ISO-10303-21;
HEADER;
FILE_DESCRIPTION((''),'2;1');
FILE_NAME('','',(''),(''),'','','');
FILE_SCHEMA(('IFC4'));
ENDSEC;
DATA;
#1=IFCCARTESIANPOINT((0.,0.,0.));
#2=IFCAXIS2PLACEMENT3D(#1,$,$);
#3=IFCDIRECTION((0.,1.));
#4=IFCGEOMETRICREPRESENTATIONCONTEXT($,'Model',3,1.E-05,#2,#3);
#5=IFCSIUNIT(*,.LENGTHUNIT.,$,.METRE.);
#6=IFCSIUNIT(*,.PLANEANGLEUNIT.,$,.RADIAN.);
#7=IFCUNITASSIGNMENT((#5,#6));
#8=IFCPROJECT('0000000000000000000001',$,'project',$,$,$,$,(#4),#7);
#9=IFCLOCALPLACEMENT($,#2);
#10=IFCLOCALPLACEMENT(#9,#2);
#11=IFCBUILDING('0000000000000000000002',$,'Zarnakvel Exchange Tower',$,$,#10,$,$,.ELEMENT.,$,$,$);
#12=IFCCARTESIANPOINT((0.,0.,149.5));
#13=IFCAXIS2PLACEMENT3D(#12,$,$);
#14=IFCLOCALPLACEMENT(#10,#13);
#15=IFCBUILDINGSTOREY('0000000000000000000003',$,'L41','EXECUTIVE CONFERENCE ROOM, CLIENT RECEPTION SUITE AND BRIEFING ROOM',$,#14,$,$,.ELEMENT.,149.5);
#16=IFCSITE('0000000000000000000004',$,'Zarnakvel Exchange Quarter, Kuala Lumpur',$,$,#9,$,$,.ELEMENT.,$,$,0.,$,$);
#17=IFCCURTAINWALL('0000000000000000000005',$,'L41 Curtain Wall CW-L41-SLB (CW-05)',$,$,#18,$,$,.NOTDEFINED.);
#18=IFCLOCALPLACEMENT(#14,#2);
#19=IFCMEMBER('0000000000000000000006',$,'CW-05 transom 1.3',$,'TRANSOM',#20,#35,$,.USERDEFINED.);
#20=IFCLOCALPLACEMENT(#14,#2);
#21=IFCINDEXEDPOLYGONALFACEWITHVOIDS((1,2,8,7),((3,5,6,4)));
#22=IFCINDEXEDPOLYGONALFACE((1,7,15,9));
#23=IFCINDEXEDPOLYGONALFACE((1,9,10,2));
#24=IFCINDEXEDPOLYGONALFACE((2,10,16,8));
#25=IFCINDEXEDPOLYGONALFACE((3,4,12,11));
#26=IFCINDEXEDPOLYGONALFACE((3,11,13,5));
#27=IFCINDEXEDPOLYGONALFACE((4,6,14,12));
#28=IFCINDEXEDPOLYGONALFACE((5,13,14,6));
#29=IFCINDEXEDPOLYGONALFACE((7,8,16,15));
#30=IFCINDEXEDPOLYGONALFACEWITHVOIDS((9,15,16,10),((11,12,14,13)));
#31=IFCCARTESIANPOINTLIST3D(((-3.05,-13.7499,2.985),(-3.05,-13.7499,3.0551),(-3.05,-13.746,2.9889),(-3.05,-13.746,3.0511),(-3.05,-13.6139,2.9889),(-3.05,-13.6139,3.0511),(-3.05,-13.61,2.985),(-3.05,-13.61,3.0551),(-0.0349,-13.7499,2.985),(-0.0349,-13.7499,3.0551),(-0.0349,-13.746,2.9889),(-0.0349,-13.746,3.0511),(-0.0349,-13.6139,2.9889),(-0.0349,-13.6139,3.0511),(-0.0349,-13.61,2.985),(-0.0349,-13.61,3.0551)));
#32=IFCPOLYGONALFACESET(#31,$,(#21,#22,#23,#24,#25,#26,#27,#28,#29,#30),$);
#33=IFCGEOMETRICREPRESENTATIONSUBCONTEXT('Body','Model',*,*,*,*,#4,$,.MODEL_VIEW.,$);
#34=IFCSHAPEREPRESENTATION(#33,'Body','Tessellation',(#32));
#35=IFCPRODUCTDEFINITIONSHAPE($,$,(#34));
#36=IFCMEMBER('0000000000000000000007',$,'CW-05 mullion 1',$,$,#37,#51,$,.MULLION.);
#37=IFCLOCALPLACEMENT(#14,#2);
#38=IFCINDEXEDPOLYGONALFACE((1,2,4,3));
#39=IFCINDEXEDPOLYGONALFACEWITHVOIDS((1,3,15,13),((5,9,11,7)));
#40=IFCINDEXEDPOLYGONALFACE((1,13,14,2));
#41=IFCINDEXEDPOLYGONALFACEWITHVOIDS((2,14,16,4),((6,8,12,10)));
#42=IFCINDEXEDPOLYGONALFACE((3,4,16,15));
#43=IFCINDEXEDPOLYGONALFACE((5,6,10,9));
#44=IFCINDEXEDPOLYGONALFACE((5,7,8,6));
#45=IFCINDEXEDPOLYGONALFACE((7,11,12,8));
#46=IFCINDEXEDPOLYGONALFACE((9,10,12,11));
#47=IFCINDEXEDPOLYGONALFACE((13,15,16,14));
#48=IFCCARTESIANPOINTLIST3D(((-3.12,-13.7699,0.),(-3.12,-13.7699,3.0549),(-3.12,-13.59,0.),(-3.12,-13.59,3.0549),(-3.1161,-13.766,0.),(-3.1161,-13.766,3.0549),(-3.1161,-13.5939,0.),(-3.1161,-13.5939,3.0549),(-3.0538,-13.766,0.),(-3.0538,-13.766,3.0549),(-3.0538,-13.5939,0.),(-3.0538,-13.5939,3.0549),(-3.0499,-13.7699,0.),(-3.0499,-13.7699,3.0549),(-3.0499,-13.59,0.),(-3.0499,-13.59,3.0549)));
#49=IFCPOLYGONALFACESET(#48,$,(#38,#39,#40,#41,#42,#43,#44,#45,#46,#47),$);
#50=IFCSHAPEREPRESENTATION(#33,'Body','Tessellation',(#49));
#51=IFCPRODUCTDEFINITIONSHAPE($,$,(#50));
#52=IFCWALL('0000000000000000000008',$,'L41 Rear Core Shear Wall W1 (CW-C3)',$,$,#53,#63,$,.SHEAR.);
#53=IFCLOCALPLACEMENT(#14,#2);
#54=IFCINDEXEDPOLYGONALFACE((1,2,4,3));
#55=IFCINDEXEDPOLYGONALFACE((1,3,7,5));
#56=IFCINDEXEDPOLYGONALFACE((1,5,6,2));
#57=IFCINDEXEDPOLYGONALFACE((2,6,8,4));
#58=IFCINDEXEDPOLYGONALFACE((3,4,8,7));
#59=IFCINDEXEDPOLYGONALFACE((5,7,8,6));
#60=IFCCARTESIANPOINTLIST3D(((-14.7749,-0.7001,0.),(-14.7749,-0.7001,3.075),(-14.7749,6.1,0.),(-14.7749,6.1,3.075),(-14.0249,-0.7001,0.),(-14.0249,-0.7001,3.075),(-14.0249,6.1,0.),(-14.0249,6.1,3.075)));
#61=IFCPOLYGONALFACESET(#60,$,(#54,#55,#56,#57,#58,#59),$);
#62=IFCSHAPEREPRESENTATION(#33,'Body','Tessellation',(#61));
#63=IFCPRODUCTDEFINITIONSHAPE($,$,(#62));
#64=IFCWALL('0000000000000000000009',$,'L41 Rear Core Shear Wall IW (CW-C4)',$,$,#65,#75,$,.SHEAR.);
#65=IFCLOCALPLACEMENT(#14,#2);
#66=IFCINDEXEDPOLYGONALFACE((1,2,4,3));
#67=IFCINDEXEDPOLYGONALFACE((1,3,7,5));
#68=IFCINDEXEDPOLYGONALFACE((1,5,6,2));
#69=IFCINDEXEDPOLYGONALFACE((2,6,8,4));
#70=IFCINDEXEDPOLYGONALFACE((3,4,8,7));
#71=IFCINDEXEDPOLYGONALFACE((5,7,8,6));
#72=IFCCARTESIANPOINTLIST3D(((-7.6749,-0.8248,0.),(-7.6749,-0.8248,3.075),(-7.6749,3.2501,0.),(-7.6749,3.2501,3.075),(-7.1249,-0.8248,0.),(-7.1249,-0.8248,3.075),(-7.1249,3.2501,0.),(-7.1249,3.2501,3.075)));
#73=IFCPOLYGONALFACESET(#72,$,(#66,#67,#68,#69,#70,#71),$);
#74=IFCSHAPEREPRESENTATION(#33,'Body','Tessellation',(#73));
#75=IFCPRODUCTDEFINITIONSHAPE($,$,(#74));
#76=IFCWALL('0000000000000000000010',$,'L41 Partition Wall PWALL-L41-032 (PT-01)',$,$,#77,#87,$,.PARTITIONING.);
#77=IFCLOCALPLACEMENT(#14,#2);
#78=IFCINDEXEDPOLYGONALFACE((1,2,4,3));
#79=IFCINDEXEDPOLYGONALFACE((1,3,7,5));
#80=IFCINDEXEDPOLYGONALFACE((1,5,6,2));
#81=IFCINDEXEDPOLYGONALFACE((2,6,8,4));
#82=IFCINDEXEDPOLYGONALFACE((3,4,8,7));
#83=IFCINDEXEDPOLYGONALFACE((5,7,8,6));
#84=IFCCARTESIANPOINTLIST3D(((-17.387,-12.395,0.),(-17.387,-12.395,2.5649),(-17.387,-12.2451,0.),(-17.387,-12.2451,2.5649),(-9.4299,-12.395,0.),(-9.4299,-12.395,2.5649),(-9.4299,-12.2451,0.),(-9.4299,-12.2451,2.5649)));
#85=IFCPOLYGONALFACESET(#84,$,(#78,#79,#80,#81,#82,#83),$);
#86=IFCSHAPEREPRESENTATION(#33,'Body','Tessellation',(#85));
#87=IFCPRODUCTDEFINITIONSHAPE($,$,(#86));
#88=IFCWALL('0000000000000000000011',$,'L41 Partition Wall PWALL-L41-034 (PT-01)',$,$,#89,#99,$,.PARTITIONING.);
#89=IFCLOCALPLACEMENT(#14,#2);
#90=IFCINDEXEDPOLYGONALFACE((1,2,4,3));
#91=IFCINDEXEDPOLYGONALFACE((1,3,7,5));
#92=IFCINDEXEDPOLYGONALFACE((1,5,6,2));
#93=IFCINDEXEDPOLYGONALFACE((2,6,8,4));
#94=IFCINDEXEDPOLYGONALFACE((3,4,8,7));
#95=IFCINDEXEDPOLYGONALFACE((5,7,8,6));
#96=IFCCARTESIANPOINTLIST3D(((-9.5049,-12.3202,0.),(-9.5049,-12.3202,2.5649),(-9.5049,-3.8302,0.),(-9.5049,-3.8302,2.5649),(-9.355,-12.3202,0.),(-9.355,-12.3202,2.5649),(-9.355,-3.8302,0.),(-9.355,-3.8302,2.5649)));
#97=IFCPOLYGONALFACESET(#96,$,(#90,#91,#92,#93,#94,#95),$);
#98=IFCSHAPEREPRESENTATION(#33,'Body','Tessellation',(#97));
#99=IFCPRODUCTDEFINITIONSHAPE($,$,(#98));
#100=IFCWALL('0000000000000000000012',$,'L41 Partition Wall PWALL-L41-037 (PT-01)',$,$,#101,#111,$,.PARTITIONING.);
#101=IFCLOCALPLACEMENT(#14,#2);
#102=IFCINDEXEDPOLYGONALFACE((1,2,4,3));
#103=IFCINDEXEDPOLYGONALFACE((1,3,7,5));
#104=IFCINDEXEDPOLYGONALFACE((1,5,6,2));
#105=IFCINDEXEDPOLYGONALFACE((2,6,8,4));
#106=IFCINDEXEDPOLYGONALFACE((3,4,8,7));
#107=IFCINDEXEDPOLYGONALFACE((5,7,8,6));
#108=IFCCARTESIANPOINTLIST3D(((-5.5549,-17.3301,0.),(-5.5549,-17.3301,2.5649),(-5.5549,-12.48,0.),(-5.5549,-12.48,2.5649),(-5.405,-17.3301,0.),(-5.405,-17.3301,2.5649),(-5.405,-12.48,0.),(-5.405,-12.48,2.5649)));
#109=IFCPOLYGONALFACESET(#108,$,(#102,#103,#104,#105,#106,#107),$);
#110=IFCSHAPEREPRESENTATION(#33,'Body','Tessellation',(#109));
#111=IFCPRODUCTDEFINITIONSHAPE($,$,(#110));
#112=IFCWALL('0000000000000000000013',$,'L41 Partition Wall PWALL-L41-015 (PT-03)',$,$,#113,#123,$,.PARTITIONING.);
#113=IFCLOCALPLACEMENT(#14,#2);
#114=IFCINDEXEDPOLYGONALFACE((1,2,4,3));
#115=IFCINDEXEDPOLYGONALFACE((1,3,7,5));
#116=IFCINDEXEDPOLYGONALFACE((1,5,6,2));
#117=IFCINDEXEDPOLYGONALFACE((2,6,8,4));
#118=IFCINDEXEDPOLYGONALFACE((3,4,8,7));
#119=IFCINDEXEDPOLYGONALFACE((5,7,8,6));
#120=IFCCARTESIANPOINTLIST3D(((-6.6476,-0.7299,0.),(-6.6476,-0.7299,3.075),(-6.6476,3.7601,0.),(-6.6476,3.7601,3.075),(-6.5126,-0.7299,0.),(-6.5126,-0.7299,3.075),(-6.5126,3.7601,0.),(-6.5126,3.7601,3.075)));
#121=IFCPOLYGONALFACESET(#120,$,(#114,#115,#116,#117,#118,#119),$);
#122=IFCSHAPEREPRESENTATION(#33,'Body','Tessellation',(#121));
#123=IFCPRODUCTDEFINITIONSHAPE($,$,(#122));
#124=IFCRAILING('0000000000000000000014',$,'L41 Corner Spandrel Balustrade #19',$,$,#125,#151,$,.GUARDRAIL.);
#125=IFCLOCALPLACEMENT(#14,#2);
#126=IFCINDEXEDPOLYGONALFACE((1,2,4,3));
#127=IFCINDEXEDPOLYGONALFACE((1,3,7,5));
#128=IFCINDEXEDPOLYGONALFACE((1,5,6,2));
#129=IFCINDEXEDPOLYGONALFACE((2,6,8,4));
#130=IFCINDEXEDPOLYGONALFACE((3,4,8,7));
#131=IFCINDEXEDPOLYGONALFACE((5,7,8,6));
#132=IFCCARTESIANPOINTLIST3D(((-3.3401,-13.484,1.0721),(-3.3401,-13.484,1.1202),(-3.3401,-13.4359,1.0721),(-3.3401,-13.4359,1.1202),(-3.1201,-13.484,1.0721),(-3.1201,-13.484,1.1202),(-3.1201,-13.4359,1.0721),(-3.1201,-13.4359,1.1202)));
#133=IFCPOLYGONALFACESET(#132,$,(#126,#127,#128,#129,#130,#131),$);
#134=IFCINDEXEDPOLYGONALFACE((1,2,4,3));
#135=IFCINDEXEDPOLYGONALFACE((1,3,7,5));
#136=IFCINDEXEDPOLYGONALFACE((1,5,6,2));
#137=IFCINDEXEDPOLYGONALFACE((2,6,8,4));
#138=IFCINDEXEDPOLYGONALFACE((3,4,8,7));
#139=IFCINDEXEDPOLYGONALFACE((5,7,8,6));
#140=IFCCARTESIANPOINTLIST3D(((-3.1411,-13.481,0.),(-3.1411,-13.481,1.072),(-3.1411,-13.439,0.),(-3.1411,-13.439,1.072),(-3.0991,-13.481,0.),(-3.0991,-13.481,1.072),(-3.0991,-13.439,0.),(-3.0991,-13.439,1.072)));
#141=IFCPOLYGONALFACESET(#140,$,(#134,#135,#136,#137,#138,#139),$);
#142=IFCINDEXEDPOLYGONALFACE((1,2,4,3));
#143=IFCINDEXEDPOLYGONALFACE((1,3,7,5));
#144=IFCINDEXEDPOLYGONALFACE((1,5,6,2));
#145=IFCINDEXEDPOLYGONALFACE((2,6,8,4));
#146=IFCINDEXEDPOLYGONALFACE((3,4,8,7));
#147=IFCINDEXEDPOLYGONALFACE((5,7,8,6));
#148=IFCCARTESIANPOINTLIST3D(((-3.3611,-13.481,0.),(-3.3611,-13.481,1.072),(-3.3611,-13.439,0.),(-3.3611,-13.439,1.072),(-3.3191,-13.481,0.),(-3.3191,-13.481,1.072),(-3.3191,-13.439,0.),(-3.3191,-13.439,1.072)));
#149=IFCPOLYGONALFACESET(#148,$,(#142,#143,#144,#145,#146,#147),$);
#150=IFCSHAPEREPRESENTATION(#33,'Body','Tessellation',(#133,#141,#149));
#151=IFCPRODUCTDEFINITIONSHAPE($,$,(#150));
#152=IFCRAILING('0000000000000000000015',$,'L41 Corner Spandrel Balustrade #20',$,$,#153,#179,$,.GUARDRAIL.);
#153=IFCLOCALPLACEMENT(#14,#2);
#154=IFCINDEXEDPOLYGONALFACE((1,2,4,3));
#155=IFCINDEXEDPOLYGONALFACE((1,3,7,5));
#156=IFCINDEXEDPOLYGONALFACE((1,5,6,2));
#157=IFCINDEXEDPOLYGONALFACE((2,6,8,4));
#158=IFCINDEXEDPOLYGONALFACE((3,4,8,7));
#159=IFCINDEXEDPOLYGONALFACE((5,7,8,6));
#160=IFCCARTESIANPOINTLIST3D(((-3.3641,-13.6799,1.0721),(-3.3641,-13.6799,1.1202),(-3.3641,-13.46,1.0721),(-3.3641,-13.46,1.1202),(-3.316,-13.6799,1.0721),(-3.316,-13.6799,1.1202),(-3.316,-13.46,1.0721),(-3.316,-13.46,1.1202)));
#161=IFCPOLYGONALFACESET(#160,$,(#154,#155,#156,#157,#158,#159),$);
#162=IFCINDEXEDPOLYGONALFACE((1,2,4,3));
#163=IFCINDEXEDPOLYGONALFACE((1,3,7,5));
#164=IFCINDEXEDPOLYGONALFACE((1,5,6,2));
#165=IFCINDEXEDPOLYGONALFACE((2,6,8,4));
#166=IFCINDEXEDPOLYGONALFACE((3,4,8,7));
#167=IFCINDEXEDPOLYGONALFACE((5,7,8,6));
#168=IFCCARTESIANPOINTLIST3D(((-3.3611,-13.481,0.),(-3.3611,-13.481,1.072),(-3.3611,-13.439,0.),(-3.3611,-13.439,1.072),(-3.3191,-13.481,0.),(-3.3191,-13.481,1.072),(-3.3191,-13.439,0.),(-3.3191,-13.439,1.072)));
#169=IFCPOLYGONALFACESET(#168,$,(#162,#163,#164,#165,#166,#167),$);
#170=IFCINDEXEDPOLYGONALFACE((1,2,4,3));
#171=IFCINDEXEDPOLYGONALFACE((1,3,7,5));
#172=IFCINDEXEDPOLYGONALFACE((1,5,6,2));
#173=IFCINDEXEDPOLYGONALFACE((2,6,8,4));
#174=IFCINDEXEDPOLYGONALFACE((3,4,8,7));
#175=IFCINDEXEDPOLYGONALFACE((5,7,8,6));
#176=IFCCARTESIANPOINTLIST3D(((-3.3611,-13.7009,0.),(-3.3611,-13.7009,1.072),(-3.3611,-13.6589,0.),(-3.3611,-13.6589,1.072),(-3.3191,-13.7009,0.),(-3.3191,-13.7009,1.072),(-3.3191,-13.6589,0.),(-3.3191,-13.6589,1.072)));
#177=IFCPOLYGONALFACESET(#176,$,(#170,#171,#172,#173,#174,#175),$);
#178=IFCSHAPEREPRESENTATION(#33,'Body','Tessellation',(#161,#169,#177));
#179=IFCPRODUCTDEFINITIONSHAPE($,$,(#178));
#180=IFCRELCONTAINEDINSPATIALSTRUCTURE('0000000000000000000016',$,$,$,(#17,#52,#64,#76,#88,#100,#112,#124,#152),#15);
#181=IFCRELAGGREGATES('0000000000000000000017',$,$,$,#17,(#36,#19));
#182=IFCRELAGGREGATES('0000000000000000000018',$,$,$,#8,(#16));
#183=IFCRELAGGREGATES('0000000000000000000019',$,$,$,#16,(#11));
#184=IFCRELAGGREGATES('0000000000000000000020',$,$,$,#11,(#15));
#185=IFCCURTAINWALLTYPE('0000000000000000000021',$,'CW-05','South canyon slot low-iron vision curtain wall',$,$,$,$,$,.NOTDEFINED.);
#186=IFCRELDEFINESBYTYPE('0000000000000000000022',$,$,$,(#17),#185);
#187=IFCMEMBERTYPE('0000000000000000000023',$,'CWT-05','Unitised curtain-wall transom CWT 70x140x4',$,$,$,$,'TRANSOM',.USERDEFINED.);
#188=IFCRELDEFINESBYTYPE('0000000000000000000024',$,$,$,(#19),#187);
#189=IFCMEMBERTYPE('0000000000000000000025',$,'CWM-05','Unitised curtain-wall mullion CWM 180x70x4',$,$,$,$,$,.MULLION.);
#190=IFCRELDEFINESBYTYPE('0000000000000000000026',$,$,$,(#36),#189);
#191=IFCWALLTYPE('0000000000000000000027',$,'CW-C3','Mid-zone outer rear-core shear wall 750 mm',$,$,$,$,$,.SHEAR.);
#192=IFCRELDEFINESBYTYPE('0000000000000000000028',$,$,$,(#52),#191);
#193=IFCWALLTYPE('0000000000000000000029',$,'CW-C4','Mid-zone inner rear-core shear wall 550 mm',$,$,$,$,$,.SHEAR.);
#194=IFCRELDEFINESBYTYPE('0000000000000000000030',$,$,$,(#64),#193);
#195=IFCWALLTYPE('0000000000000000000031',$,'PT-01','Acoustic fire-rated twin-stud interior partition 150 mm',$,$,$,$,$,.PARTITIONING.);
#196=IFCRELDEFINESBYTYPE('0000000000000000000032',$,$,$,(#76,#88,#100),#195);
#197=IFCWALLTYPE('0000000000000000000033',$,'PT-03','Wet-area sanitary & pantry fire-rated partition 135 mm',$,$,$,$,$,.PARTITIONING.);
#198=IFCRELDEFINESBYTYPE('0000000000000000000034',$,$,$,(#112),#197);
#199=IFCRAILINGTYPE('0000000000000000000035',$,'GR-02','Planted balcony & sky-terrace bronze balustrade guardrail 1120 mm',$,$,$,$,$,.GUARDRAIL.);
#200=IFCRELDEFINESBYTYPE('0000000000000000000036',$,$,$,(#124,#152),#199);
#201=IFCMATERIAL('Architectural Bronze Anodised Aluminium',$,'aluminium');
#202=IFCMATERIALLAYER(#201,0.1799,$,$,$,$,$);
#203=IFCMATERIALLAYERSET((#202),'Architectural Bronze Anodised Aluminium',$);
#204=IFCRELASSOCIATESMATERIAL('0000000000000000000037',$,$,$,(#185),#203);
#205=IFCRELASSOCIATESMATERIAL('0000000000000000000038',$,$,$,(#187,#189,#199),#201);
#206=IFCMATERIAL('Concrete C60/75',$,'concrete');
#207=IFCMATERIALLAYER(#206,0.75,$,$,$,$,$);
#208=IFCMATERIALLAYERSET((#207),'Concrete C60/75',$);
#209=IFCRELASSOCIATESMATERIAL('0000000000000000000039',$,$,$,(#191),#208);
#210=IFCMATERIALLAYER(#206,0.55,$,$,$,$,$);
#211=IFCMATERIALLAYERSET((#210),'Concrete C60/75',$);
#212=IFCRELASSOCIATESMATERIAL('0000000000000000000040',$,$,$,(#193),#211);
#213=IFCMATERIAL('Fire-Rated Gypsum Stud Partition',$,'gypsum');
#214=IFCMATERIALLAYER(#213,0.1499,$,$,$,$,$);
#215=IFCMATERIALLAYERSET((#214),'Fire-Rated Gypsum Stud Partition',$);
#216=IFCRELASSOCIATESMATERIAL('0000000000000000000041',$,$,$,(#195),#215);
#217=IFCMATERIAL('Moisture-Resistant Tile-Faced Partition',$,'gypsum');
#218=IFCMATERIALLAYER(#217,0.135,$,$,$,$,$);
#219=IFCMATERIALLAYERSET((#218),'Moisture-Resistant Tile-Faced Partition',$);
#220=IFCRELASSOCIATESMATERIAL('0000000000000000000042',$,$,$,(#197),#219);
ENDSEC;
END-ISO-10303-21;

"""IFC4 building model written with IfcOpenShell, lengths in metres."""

from ifc_helpers import new_model, si_unit, direction, frame, frame_2d, origin, origin_2d, place, context, subcontext, project, spatial, rectangle, hollow_rectangle, extrude, source, transform, mapped, material, layer, layer_set, material_profile, profile_set, type_object, element, aggregate, save


model = new_model("IFC4")

# Units and contexts
model_context = context("Model", 3, precision=1e-05, world=origin(), true_north=direction((0.0, 1.0)))
body_context = subcontext(model_context, "Body", "Model", "MODEL_VIEW")
ifc_project = project(units=[si_unit("LENGTHUNIT", "METRE"), si_unit("PLANEANGLEUNIT", "RADIAN")], contexts=[model_context])

# Site, building, storey
site_placement = place(None, origin())
site = spatial("IfcSite", under=ifc_project, at=site_placement, Name="Zarnakvel Exchange Quarter, Kuala Lumpur", CompositionType="ELEMENT", RefElevation=0.0)
building_placement = place(site_placement, origin())
building = spatial("IfcBuilding", under=site, at=building_placement, Name="Zarnakvel Exchange Tower", CompositionType="ELEMENT")
storey_placement = place(building_placement, frame((0.0, 0.0, 149.5)))
storey = spatial("IfcBuildingStorey", under=building, at=storey_placement, Name="L41", Description="EXECUTIVE CONFERENCE ROOM, CLIENT RECEPTION SUITE AND BRIEFING ROOM", CompositionType="ELEMENT", Elevation=149.5)

# Shared definitions
ifc_material_1 = material(Name="Concrete C60/75", Category="concrete")

# Curtain wall, members
ifc_material_2 = material(Name="Architectural Bronze Anodised Aluminium", Category="aluminium")
ifc_layer_1 = layer(ifc_material_2, 0.1799)
ifc_layer_set_1 = layer_set([ifc_layer_1], Name="Architectural Bronze Anodised Aluminium")
curtain_wall_type = type_object("IfcCurtainWallType", Name="CW-05", Description="South canyon slot low-iron vision curtain wall", PredefinedType="NOTDEFINED", material=ifc_layer_set_1)
curtain_wall_placement = place(storey_placement, origin())
curtain_wall = element("IfcCurtainWall", 1, at=curtain_wall_placement, inside=storey, type_object=curtain_wall_type, Name="L41 Curtain Wall CW-L41-SLB (CW-05)", PredefinedType="NOTDEFINED")
ifc_material_profile_1 = material_profile(ifc_material_2, hollow_rectangle(XDim=0.1399, YDim=0.0701, WallThickness=0.0039, at=origin_2d()))
ifc_profile_set_1 = profile_set([ifc_material_profile_1], Name="Architectural Bronze Anodised Aluminium")
member_type_1 = type_object("IfcMemberType", Name="CWT-05", Description="Unitised curtain-wall transom CWT 70x140x4", ElementType="TRANSOM", PredefinedType="USERDEFINED", material=ifc_profile_set_1)
shared_shape_1 = source(origin(), body_context, "Body", "SweptSolid", [
    extrude(hollow_rectangle(XDim=0.1399, YDim=0.0701, WallThickness=0.0039, at=origin_2d()), origin(), (0.0, 0.0, 1.0), 3.0151),
])
member_1_placement = place(storey_placement, frame((-3.05, -13.6799, 3.02), z_axis=(1.0, 0.0, 0.0), x_axis=(0.0, 1.0, 0.0)))
member_1 = element("IfcMember", 2, at=member_1_placement, type_object=member_type_1, Name="CW-05 transom 1.3", ObjectType="TRANSOM", PredefinedType="USERDEFINED", context=body_context, shape_type="MappedRepresentation", body=[
    mapped(shared_shape_1, transform((0.0, 0.0, 0.0), x_axis=(1.0, 0.0, 0.0), y_axis=(0.0, 1.0, 0.0), z_axis=(0.0, 0.0, 1.0), scale=1.0)),
])
ifc_material_profile_2 = material_profile(ifc_material_2, hollow_rectangle(XDim=0.1799, YDim=0.0701, WallThickness=0.0039, at=origin_2d()))
ifc_profile_set_2 = profile_set([ifc_material_profile_2], Name="Architectural Bronze Anodised Aluminium")
member_type_2 = type_object("IfcMemberType", Name="CWM-05", Description="Unitised curtain-wall mullion CWM 180x70x4", PredefinedType="MULLION", material=ifc_profile_set_2)
shared_shape_2 = source(origin(), body_context, "Body", "SweptSolid", [
    extrude(hollow_rectangle(XDim=0.1799, YDim=0.0701, WallThickness=0.0039, at=origin_2d()), origin(), (0.0, 0.0, 1.0), 3.0549),
])
member_2_placement = place(storey_placement, frame((-3.085, -13.6799, 0.0), z_axis=(0.0, 0.0, 1.0), x_axis=(0.0, 1.0, 0.0)))
member_2 = element("IfcMember", 3, at=member_2_placement, type_object=member_type_2, Name="CW-05 mullion 1", PredefinedType="MULLION", context=body_context, shape_type="MappedRepresentation", body=[
    mapped(shared_shape_2, transform((0.0, 0.0, 0.0), x_axis=(1.0, 0.0, 0.0), y_axis=(0.0, 1.0, 0.0), z_axis=(0.0, 0.0, 1.0), scale=1.0)),
])
aggregate(curtain_wall, [member_2, member_1])

# Wall
ifc_layer_2 = layer(ifc_material_1, 0.75)
ifc_layer_set_2 = layer_set([ifc_layer_2], Name="Concrete C60/75")
wall_type_1 = type_object("IfcWallType", Name="CW-C3", Description="Mid-zone outer rear-core shear wall 750 mm", PredefinedType="SHEAR", material=ifc_layer_set_2)
wall_1_placement = place(storey_placement, frame((-14.3999, -0.7, 0.0), z_axis=(0.0, 0.0, 1.0), x_axis=(0.0, 1.0, 0.0)))
element("IfcWall", 4, at=wall_1_placement, inside=storey, type_object=wall_type_1, Name="L41 Rear Core Shear Wall W1 (CW-C3)", PredefinedType="SHEAR", context=body_context, shape_type="SweptSolid", body=[
    extrude(rectangle(XDim=6.8, YDim=0.75, at=frame_2d((3.3999, 0.0))), origin(), (0.0, 0.0, 1.0), 3.075),
])

# Walls
ifc_layer_3 = layer(ifc_material_1, 0.55)
ifc_layer_set_3 = layer_set([ifc_layer_3], Name="Concrete C60/75")
wall_type_2 = type_object("IfcWallType", Name="CW-C4", Description="Mid-zone inner rear-core shear wall 550 mm", PredefinedType="SHEAR", material=ifc_layer_set_3)
wall_2_placement = place(storey_placement, frame((-7.3999, -0.825, 0.0), z_axis=(0.0, 0.0, 1.0), x_axis=(0.0, 1.0, 0.0)))
element("IfcWall", 5, at=wall_2_placement, inside=storey, type_object=wall_type_2, Name="L41 Rear Core Shear Wall IW (CW-C4)", PredefinedType="SHEAR", context=body_context, shape_type="SweptSolid", body=[
    extrude(rectangle(XDim=4.075, YDim=0.55, at=frame_2d((2.0376, 0.0))), origin(), (0.0, 0.0, 1.0), 3.075),
])
ifc_material_3 = material(Name="Fire-Rated Gypsum Stud Partition", Category="gypsum")
ifc_layer_4 = layer(ifc_material_3, 0.1499)
ifc_layer_set_4 = layer_set([ifc_layer_4], Name="Fire-Rated Gypsum Stud Partition")
wall_type_3 = type_object("IfcWallType", Name="PT-01", Description="Acoustic fire-rated twin-stud interior partition 150 mm", PredefinedType="PARTITIONING", material=ifc_layer_set_4)
wall_3_placement = place(storey_placement, frame((-9.4299, -12.3201, 0.0), z_axis=(0.0, 0.0, 1.0), x_axis=(-1.0, 0.0, 0.0)))
element("IfcWall", 6, at=wall_3_placement, inside=storey, type_object=wall_type_3, Name="L41 Partition Wall PWALL-L41-032 (PT-01)", PredefinedType="PARTITIONING", context=body_context, shape_type="SweptSolid", body=[
    extrude(rectangle(XDim=7.957, YDim=0.1499, at=frame_2d((3.9785, 0.0))), origin(), (0.0, 0.0, 1.0), 2.5649),
])
wall_4_placement = place(storey_placement, frame((-9.4299, -3.8301, 0.0), z_axis=(0.0, 0.0, 1.0), x_axis=(0.0, -1.0, 0.0)))
element("IfcWall", 7, at=wall_4_placement, inside=storey, type_object=wall_type_3, Name="L41 Partition Wall PWALL-L41-034 (PT-01)", PredefinedType="PARTITIONING", context=body_context, shape_type="SweptSolid", body=[
    extrude(rectangle(XDim=8.49, YDim=0.1499, at=frame_2d((4.2451, 0.0))), origin(), (0.0, 0.0, 1.0), 2.5649),
])
wall_5_placement = place(storey_placement, frame((-5.48, -12.48, 0.0), z_axis=(0.0, 0.0, 1.0), x_axis=(0.0, -1.0, 0.0)))
element("IfcWall", 8, at=wall_5_placement, inside=storey, type_object=wall_type_3, Name="L41 Partition Wall PWALL-L41-037 (PT-01)", PredefinedType="PARTITIONING", context=body_context, shape_type="SweptSolid", body=[
    extrude(rectangle(XDim=4.8501, YDim=0.1499, at=frame_2d((2.425, 0.0))), origin(), (0.0, 0.0, 1.0), 2.5649),
])
ifc_material_4 = material(Name="Moisture-Resistant Tile-Faced Partition", Category="gypsum")
ifc_layer_5 = layer(ifc_material_4, 0.135)
ifc_layer_set_5 = layer_set([ifc_layer_5], Name="Moisture-Resistant Tile-Faced Partition")
wall_type_4 = type_object("IfcWallType", Name="PT-03", Description="Wet-area sanitary & pantry fire-rated partition 135 mm", PredefinedType="PARTITIONING", material=ifc_layer_set_5)
wall_6_placement = place(storey_placement, frame((-6.5801, -0.73, 0.0), z_axis=(0.0, 0.0, 1.0), x_axis=(0.0, 1.0, 0.0)))
element("IfcWall", 9, at=wall_6_placement, inside=storey, type_object=wall_type_4, Name="L41 Partition Wall PWALL-L41-015 (PT-03)", PredefinedType="PARTITIONING", context=body_context, shape_type="SweptSolid", body=[
    extrude(rectangle(XDim=4.49, YDim=0.135, at=frame_2d((2.2451, 0.0))), origin(), (0.0, 0.0, 1.0), 3.075),
])

# Railings
railing_type_1 = type_object("IfcRailingType", Name="GR-02", Description="Planted balcony & sky-terrace bronze balustrade guardrail 1120 mm", PredefinedType="GUARDRAIL", material=ifc_material_2)
railing_1_placement = place(storey_placement, frame((-3.1201, -13.46, 0.0)))
element("IfcRailing", 10, at=railing_1_placement, inside=storey, type_object=railing_type_1, Name="L41 Corner Spandrel Balustrade #19", PredefinedType="GUARDRAIL", context=body_context, shape_type="SweptSolid", body=[
    extrude(rectangle(XDim=0.0481, YDim=0.0481, at=origin_2d()), frame((0.0, 0.0, 1.0962), z_axis=(-1.0, 0.0, 0.0), x_axis=(0.0, -1.0, 0.0)), (0.0, 0.0, 1.0), 0.22),
    extrude(rectangle(XDim=0.042, YDim=0.042, at=origin_2d()), origin(), (0.0, 0.0, 1.0), 1.072),
    extrude(rectangle(XDim=0.042, YDim=0.042, at=origin_2d()), frame((-0.22, 0.0, 0.0)), (0.0, 0.0, 1.0), 1.072),
])
railing_2_placement = place(storey_placement, frame((-3.3401, -13.46, 0.0)))
element("IfcRailing", 11, at=railing_2_placement, inside=storey, type_object=railing_type_1, Name="L41 Corner Spandrel Balustrade #20", PredefinedType="GUARDRAIL", context=body_context, shape_type="SweptSolid", body=[
    extrude(rectangle(XDim=0.0481, YDim=0.0481, at=origin_2d()), frame((0.0, 0.0, 1.0962), z_axis=(0.0, -1.0, 0.0), x_axis=(1.0, 0.0, 0.0)), (0.0, 0.0, 1.0), 0.22),
    extrude(rectangle(XDim=0.042, YDim=0.042, at=origin_2d()), origin(), (0.0, 0.0, 1.0), 1.072),
    extrude(rectangle(XDim=0.042, YDim=0.042, at=origin_2d()), frame((0.0, -0.22, 0.0)), (0.0, 0.0, 1.0), 1.072),
])

save(model, "model.ifc")
